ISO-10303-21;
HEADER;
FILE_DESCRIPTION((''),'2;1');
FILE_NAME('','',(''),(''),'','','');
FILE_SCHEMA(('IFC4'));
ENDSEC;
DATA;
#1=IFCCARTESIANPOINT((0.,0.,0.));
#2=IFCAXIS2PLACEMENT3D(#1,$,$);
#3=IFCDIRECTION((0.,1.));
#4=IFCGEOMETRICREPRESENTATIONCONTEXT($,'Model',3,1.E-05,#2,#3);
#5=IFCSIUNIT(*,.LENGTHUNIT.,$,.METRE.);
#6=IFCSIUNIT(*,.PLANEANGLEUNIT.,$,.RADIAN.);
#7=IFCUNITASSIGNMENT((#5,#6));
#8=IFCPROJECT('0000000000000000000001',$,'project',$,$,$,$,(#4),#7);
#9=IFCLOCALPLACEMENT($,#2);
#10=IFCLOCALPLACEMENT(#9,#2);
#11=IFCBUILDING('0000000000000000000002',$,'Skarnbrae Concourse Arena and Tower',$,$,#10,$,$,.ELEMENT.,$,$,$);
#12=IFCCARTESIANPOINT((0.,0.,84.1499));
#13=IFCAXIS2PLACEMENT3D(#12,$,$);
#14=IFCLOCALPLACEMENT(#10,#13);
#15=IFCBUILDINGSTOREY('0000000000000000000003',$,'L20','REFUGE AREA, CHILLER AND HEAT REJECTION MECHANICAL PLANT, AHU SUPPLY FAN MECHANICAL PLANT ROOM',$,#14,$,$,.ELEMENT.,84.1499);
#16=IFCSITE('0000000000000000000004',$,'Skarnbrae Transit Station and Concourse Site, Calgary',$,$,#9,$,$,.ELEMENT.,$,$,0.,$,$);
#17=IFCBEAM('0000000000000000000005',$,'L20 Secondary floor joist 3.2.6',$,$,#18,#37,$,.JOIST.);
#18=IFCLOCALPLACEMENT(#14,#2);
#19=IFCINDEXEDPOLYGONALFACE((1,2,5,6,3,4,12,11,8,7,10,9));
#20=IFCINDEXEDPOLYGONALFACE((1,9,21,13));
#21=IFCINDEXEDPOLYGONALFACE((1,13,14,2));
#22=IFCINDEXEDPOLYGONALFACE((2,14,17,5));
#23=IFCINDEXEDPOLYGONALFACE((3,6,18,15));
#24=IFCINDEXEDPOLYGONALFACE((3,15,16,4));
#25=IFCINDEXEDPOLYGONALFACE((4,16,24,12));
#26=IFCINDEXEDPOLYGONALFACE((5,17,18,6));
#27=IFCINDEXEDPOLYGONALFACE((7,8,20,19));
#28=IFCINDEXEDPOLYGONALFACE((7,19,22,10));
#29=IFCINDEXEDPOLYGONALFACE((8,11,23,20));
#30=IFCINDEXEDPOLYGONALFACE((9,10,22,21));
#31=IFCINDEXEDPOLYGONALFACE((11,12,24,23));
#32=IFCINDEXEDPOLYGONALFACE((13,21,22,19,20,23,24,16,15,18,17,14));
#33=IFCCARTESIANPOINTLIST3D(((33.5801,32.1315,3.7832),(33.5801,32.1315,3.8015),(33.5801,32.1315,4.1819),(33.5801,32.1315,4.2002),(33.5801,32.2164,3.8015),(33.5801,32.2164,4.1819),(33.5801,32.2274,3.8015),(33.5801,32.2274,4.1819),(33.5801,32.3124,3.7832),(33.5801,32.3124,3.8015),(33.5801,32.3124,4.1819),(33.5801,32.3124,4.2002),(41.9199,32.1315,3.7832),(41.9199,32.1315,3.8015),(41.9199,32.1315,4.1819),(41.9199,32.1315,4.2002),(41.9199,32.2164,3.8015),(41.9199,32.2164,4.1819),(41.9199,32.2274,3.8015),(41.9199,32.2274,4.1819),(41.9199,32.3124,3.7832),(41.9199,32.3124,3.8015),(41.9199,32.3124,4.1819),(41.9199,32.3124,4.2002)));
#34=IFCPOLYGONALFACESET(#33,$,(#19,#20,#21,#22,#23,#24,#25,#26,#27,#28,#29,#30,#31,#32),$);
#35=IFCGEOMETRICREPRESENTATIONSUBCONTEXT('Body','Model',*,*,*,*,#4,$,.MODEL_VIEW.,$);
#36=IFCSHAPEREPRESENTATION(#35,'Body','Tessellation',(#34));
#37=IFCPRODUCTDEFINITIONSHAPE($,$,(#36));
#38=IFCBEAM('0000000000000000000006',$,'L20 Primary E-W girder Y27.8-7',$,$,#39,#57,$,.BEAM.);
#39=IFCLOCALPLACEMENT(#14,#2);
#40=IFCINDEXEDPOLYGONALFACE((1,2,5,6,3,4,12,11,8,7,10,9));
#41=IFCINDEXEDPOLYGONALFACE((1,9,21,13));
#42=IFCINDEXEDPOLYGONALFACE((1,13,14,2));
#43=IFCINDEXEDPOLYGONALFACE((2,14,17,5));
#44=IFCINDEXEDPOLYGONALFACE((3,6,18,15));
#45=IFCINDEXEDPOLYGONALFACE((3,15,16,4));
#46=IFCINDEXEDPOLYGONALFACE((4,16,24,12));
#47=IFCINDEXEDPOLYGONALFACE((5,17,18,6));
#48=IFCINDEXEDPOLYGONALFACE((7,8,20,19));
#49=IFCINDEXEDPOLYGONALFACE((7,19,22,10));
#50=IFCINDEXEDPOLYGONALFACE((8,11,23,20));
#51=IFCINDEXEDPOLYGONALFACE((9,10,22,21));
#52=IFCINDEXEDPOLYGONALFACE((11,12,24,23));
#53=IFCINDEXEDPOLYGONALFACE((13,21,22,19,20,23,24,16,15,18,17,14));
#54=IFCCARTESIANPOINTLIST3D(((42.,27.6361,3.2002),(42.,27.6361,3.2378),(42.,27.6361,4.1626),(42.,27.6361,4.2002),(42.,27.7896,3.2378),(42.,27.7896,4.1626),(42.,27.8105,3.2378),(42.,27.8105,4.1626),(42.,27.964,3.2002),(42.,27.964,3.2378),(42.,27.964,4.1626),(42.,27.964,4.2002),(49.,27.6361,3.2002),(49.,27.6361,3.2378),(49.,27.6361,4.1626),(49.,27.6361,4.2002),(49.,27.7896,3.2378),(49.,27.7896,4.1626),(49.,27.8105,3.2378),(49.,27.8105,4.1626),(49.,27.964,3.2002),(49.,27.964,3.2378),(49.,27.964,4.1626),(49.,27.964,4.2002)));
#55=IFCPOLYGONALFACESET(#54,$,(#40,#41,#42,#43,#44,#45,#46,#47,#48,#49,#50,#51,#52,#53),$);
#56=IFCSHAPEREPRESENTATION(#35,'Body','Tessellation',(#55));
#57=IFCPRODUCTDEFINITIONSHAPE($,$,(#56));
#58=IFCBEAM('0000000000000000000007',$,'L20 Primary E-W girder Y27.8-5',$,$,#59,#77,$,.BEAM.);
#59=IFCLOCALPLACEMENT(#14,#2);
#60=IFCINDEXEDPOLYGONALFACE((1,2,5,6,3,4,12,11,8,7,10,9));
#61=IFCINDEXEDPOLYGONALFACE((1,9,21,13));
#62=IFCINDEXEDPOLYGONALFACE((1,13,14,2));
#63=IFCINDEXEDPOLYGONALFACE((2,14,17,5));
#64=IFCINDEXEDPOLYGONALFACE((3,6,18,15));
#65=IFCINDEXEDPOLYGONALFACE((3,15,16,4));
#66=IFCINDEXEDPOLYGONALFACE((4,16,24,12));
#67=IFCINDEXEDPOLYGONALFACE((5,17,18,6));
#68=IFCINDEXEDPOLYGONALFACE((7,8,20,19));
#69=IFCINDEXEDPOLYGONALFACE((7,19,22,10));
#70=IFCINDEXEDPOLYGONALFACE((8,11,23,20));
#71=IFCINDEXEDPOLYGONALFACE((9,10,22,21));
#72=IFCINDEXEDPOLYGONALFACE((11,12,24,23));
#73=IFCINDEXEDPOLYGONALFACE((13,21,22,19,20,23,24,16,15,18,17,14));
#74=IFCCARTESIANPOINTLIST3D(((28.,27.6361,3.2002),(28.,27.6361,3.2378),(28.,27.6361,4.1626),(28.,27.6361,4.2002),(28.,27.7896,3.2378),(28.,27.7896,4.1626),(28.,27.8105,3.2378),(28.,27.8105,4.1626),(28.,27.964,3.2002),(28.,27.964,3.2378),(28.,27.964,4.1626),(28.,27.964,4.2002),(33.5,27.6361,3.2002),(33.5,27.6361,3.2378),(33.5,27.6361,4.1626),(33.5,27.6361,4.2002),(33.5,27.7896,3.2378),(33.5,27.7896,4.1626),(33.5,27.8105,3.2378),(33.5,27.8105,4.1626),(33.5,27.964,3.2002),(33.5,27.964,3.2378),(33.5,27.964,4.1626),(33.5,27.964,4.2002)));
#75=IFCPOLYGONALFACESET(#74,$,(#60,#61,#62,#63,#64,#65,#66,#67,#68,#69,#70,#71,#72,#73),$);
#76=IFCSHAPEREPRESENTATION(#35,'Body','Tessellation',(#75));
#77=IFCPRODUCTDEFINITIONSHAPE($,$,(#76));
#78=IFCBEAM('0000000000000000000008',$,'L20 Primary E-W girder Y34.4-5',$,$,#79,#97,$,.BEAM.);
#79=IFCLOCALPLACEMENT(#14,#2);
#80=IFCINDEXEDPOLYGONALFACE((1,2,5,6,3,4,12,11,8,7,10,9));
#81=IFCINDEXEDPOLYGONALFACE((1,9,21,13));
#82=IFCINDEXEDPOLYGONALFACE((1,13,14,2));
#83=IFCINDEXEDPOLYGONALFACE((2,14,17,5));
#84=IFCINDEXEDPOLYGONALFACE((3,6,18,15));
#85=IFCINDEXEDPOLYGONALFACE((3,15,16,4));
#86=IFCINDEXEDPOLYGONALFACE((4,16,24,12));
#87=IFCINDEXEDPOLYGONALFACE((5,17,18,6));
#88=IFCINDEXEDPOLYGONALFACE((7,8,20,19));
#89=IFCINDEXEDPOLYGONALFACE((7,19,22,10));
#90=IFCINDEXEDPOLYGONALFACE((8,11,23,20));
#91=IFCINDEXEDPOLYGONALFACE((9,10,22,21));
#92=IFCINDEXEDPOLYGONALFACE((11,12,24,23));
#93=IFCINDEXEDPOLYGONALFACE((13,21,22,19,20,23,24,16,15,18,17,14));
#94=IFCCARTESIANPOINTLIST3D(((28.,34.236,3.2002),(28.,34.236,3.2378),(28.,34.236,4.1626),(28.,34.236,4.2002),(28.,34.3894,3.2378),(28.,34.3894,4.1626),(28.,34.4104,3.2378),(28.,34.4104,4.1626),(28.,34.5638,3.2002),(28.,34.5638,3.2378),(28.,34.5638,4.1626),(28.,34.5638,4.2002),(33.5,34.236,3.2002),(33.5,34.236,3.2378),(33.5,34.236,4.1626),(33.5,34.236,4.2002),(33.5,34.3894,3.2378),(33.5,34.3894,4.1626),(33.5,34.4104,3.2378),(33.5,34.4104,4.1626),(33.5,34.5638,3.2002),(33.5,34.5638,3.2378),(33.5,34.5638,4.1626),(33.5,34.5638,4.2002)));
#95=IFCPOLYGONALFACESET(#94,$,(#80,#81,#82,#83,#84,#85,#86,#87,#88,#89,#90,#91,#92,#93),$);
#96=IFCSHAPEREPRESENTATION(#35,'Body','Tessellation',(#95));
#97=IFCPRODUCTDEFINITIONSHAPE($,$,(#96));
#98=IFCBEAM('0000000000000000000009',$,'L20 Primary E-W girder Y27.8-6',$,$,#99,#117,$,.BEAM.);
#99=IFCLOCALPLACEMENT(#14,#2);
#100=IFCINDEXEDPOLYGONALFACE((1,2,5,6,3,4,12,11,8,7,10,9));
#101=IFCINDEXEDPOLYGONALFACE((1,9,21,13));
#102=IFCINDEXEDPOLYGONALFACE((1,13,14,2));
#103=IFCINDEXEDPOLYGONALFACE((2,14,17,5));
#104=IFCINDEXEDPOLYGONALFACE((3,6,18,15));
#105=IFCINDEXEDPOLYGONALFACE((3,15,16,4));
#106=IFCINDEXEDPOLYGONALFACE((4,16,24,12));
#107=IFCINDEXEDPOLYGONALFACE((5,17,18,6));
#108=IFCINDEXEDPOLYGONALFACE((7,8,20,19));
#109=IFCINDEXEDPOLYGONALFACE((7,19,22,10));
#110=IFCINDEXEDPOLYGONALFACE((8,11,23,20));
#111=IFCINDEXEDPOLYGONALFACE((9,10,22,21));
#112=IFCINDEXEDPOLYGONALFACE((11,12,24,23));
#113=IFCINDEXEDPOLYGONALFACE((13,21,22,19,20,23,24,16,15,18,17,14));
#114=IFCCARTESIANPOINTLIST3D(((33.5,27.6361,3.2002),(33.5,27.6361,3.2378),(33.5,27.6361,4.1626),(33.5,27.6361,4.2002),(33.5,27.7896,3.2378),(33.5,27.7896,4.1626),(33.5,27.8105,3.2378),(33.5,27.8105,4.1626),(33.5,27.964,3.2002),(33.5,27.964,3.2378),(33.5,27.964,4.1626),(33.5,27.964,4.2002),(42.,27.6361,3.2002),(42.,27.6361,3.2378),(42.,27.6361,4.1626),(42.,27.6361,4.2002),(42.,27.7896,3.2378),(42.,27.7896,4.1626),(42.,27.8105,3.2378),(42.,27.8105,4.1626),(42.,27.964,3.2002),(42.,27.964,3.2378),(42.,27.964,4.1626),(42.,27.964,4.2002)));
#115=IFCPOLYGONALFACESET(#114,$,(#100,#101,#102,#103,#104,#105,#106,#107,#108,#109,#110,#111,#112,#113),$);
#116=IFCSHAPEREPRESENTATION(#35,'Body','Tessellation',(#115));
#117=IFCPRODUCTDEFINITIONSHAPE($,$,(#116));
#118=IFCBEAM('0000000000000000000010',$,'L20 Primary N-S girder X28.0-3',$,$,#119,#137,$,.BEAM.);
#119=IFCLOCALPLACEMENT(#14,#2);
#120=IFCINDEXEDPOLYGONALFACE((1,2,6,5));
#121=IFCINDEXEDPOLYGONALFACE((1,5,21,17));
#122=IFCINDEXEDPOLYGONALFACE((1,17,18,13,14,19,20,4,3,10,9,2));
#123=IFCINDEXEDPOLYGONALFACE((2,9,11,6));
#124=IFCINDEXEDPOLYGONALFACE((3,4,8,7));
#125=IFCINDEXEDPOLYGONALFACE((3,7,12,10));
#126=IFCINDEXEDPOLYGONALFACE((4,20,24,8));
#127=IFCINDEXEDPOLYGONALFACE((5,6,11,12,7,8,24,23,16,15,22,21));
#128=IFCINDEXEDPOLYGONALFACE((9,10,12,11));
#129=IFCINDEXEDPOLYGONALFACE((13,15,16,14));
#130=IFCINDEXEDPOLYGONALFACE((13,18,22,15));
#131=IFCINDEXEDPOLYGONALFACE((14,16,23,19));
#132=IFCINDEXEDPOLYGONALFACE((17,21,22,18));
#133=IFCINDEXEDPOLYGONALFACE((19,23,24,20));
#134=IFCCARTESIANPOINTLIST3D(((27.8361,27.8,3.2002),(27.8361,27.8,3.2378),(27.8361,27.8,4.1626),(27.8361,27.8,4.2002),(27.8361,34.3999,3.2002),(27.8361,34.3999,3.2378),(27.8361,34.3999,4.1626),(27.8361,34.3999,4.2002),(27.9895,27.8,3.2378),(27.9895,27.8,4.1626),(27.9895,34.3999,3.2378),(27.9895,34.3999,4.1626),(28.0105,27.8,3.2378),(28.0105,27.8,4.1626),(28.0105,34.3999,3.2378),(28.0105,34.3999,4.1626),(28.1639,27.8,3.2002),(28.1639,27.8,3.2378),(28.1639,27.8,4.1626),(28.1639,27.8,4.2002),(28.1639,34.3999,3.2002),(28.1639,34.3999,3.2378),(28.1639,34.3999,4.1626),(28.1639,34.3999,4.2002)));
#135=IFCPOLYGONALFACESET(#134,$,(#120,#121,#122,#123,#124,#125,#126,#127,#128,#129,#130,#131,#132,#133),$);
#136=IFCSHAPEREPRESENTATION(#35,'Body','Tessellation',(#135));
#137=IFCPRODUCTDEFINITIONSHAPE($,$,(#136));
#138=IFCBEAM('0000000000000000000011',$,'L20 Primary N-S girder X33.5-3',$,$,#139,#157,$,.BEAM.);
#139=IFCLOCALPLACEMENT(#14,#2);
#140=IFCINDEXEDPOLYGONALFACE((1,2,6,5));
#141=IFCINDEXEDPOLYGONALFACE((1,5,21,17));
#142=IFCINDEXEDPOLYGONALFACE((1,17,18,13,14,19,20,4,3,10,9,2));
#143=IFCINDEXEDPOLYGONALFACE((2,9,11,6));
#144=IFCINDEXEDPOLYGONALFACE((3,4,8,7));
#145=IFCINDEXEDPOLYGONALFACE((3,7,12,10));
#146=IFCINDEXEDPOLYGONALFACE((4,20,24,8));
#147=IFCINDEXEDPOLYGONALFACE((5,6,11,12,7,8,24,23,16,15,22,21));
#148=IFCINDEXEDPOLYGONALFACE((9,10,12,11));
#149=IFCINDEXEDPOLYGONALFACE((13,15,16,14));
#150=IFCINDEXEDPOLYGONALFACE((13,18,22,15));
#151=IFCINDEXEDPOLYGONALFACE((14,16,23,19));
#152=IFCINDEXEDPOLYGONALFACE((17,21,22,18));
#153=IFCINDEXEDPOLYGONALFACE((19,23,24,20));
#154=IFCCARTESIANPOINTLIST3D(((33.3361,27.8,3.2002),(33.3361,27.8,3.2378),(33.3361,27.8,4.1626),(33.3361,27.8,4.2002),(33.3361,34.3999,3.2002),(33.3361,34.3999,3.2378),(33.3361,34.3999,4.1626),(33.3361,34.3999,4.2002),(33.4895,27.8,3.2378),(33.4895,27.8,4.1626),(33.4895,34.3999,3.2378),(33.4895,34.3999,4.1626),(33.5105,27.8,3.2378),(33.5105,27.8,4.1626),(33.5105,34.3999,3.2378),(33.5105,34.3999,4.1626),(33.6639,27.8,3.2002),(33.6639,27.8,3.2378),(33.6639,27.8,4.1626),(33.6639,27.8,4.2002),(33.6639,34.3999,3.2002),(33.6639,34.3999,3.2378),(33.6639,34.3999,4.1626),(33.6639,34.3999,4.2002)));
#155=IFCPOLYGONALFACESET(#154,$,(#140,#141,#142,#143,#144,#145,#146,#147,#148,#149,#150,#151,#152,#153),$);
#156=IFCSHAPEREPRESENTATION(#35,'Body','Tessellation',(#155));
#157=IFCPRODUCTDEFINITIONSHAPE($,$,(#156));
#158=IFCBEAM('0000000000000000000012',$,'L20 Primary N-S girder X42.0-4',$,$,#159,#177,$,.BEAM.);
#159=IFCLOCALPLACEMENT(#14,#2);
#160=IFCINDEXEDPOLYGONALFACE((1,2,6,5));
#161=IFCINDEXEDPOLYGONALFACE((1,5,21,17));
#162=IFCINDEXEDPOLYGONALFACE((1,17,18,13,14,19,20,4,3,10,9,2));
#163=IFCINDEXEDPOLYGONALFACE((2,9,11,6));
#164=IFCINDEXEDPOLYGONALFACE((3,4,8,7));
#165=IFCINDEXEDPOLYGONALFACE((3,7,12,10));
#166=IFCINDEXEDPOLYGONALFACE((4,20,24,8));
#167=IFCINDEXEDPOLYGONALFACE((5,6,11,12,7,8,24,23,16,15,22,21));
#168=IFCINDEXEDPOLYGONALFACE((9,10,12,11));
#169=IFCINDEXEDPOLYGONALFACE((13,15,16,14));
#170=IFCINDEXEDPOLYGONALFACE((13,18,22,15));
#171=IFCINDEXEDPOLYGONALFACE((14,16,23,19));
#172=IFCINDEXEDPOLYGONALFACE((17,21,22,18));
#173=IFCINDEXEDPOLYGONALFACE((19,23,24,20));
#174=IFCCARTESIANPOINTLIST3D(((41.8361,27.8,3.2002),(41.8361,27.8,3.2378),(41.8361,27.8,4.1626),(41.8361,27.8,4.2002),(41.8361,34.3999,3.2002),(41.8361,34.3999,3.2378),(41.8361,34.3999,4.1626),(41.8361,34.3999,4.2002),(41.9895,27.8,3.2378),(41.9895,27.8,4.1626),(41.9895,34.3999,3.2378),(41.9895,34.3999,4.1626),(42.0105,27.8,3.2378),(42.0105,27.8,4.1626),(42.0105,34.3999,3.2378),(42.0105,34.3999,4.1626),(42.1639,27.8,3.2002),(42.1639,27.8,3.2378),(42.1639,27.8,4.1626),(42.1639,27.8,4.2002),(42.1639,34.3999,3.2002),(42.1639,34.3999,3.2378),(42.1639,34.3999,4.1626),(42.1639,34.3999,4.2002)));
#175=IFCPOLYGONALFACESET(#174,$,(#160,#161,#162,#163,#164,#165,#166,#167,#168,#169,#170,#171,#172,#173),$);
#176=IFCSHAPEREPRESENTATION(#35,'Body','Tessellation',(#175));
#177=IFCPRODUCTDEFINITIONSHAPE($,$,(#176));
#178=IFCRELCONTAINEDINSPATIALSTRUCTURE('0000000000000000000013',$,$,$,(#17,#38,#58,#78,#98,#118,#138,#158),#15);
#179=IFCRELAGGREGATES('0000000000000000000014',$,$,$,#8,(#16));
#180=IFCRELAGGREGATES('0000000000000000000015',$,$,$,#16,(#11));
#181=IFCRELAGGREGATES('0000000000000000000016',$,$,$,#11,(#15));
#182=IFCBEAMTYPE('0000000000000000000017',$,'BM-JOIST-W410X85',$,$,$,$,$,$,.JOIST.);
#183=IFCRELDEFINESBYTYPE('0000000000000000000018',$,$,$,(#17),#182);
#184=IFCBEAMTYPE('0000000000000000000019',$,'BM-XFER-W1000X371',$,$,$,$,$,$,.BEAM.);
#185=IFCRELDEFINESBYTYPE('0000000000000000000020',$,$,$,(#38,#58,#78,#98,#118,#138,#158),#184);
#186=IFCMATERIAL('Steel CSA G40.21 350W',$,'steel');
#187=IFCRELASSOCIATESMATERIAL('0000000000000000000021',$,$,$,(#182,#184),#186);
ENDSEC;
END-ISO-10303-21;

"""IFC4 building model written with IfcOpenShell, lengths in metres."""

from ifc_helpers import new_model, si_unit, direction, frame, origin, origin_2d, place, context, subcontext, project, spatial, i_section, extrude, source, transform, mapped, material, material_profile, profile_set, type_object, element, save


model = new_model("IFC4")

# Units and contexts
model_context = context("Model", 3, precision=1e-05, world=origin(), true_north=direction((0.0, 1.0)))
body_context = subcontext(model_context, "Body", "Model", "MODEL_VIEW")
ifc_project = project(units=[si_unit("LENGTHUNIT", "METRE"), si_unit("PLANEANGLEUNIT", "RADIAN")], contexts=[model_context])

# Site, building, storey
site_placement = place(None, origin())
site = spatial("IfcSite", under=ifc_project, at=site_placement, Name="Skarnbrae Transit Station and Concourse Site, Calgary", CompositionType="ELEMENT", RefElevation=0.0)
building_placement = place(site_placement, origin())
building = spatial("IfcBuilding", under=site, at=building_placement, Name="Skarnbrae Concourse Arena and Tower", CompositionType="ELEMENT")
storey_placement = place(building_placement, frame((0.0, 0.0, 84.1499)))
storey = spatial("IfcBuildingStorey", under=building, at=storey_placement, Name="L20", Description="REFUGE AREA, CHILLER AND HEAT REJECTION MECHANICAL PLANT, AHU SUPPLY FAN MECHANICAL PLANT ROOM", CompositionType="ELEMENT", Elevation=84.1499)

# Shared definitions
ifc_material = material(Name="Steel CSA G40.21 350W", Category="steel")

# Beams
ifc_material_profile_1 = material_profile(ifc_material, i_section(OverallWidth=0.1809, OverallDepth=0.417, WebThickness=0.011, FlangeThickness=0.0183, at=origin_2d()), Name="W410X85")
ifc_profile_set_1 = profile_set([ifc_material_profile_1], Name="Steel CSA G40.21 350W")
beam_type_1 = type_object("IfcBeamType", Name="BM-JOIST-W410X85", PredefinedType="JOIST", material=ifc_profile_set_1)
shared_shape_1 = source(origin(), body_context, "Body", "SweptSolid", [
    extrude(i_section(OverallWidth=0.1809, OverallDepth=0.417, WebThickness=0.011, FlangeThickness=0.0183, at=origin_2d()), origin(), (0.0, 0.0, 1.0), 8.3398),
])
for number, where, z_axis, x_axis, name in (
    (1, (33.5801, 32.2219, 3.9917), (1.0, 0.0, 0.0), (0.0, 1.0, 0.0), "L20 Secondary floor joist 3.2.6"),
):
    element("IfcBeam", number, at=place(storey_placement, frame(where, z_axis=z_axis, x_axis=x_axis)), inside=storey, type_object=beam_type_1, Name=name, PredefinedType="JOIST", context=body_context, shape_type="MappedRepresentation", body=[
        mapped(shared_shape_1, transform((0.0, 0.0, 0.0))),
    ])
ifc_material_profile_2 = material_profile(ifc_material, i_section(OverallWidth=0.3279, OverallDepth=1.0, WebThickness=0.021, FlangeThickness=0.0376, at=origin_2d()), Name="W1000X371")
ifc_profile_set_2 = profile_set([ifc_material_profile_2], Name="Steel CSA G40.21 350W")
beam_type_2 = type_object("IfcBeamType", Name="BM-XFER-W1000X371", PredefinedType="BEAM", material=ifc_profile_set_2)
shared_shape_2 = source(origin(), body_context, "Body", "SweptSolid", [
    extrude(i_section(OverallWidth=0.3279, OverallDepth=1.0, WebThickness=0.021, FlangeThickness=0.0376, at=origin_2d()), origin(), (0.0, 0.0, 1.0), 7.0),
])
beam_1_placement = place(storey_placement, frame((42.0, 27.8, 3.7002), z_axis=(1.0, 0.0, 0.0), x_axis=(0.0, 1.0, 0.0)))
element("IfcBeam", 2, at=beam_1_placement, inside=storey, type_object=beam_type_2, Name="L20 Primary E-W girder Y27.8-7", PredefinedType="BEAM", context=body_context, shape_type="MappedRepresentation", body=[
    mapped(shared_shape_2, transform((0.0, 0.0, 0.0))),
])
shared_shape_3 = source(origin(), body_context, "Body", "SweptSolid", [
    extrude(i_section(OverallWidth=0.3279, OverallDepth=1.0, WebThickness=0.021, FlangeThickness=0.0376, at=origin_2d()), origin(), (0.0, 0.0, 1.0), 5.5),
])
for number, where, z_axis, x_axis, name in (
    (3, (28.0, 27.8, 3.7002), (1.0, 0.0, 0.0), (0.0, 1.0, 0.0), "L20 Primary E-W girder Y27.8-5"),
    (4, (28.0, 34.3999, 3.7002), (1.0, 0.0, 0.0), (0.0, 1.0, 0.0), "L20 Primary E-W girder Y34.4-5"),
):
    element("IfcBeam", number, at=place(storey_placement, frame(where, z_axis=z_axis, x_axis=x_axis)), inside=storey, type_object=beam_type_2, Name=name, PredefinedType="BEAM", context=body_context, shape_type="MappedRepresentation", body=[
        mapped(shared_shape_3, transform((0.0, 0.0, 0.0))),
    ])
shared_shape_4 = source(origin(), body_context, "Body", "SweptSolid", [
    extrude(i_section(OverallWidth=0.3279, OverallDepth=1.0, WebThickness=0.021, FlangeThickness=0.0376, at=origin_2d()), origin(), (0.0, 0.0, 1.0), 8.5),
])
beam_2_placement = place(storey_placement, frame((33.5, 27.8, 3.7002), z_axis=(1.0, 0.0, 0.0), x_axis=(0.0, 1.0, 0.0)))
element("IfcBeam", 5, at=beam_2_placement, inside=storey, type_object=beam_type_2, Name="L20 Primary E-W girder Y27.8-6", PredefinedType="BEAM", context=body_context, shape_type="MappedRepresentation", body=[
    mapped(shared_shape_4, transform((0.0, 0.0, 0.0))),
])
shared_shape_5 = source(origin(), body_context, "Body", "SweptSolid", [
    extrude(i_section(OverallWidth=0.3279, OverallDepth=1.0, WebThickness=0.021, FlangeThickness=0.0376, at=origin_2d()), origin(), (0.0, 0.0, 1.0), 6.5999),
])
for number, where, z_axis, x_axis, name in (
    (6, (28.0, 27.8, 3.7002), (0.0, 1.0, 0.0), (-1.0, 0.0, 0.0), "L20 Primary N-S girder X28.0-3"),
    (7, (33.5, 27.8, 3.7002), (0.0, 1.0, 0.0), (-1.0, 0.0, 0.0), "L20 Primary N-S girder X33.5-3"),
    (8, (42.0, 27.8, 3.7002), (0.0, 1.0, 0.0), (-1.0, 0.0, 0.0), "L20 Primary N-S girder X42.0-4"),
):
    element("IfcBeam", number, at=place(storey_placement, frame(where, z_axis=z_axis, x_axis=x_axis)), inside=storey, type_object=beam_type_2, Name=name, PredefinedType="BEAM", context=body_context, shape_type="MappedRepresentation", body=[
        mapped(shared_shape_5, transform((0.0, 0.0, 0.0))),
    ])

save(model, "model.ifc")
